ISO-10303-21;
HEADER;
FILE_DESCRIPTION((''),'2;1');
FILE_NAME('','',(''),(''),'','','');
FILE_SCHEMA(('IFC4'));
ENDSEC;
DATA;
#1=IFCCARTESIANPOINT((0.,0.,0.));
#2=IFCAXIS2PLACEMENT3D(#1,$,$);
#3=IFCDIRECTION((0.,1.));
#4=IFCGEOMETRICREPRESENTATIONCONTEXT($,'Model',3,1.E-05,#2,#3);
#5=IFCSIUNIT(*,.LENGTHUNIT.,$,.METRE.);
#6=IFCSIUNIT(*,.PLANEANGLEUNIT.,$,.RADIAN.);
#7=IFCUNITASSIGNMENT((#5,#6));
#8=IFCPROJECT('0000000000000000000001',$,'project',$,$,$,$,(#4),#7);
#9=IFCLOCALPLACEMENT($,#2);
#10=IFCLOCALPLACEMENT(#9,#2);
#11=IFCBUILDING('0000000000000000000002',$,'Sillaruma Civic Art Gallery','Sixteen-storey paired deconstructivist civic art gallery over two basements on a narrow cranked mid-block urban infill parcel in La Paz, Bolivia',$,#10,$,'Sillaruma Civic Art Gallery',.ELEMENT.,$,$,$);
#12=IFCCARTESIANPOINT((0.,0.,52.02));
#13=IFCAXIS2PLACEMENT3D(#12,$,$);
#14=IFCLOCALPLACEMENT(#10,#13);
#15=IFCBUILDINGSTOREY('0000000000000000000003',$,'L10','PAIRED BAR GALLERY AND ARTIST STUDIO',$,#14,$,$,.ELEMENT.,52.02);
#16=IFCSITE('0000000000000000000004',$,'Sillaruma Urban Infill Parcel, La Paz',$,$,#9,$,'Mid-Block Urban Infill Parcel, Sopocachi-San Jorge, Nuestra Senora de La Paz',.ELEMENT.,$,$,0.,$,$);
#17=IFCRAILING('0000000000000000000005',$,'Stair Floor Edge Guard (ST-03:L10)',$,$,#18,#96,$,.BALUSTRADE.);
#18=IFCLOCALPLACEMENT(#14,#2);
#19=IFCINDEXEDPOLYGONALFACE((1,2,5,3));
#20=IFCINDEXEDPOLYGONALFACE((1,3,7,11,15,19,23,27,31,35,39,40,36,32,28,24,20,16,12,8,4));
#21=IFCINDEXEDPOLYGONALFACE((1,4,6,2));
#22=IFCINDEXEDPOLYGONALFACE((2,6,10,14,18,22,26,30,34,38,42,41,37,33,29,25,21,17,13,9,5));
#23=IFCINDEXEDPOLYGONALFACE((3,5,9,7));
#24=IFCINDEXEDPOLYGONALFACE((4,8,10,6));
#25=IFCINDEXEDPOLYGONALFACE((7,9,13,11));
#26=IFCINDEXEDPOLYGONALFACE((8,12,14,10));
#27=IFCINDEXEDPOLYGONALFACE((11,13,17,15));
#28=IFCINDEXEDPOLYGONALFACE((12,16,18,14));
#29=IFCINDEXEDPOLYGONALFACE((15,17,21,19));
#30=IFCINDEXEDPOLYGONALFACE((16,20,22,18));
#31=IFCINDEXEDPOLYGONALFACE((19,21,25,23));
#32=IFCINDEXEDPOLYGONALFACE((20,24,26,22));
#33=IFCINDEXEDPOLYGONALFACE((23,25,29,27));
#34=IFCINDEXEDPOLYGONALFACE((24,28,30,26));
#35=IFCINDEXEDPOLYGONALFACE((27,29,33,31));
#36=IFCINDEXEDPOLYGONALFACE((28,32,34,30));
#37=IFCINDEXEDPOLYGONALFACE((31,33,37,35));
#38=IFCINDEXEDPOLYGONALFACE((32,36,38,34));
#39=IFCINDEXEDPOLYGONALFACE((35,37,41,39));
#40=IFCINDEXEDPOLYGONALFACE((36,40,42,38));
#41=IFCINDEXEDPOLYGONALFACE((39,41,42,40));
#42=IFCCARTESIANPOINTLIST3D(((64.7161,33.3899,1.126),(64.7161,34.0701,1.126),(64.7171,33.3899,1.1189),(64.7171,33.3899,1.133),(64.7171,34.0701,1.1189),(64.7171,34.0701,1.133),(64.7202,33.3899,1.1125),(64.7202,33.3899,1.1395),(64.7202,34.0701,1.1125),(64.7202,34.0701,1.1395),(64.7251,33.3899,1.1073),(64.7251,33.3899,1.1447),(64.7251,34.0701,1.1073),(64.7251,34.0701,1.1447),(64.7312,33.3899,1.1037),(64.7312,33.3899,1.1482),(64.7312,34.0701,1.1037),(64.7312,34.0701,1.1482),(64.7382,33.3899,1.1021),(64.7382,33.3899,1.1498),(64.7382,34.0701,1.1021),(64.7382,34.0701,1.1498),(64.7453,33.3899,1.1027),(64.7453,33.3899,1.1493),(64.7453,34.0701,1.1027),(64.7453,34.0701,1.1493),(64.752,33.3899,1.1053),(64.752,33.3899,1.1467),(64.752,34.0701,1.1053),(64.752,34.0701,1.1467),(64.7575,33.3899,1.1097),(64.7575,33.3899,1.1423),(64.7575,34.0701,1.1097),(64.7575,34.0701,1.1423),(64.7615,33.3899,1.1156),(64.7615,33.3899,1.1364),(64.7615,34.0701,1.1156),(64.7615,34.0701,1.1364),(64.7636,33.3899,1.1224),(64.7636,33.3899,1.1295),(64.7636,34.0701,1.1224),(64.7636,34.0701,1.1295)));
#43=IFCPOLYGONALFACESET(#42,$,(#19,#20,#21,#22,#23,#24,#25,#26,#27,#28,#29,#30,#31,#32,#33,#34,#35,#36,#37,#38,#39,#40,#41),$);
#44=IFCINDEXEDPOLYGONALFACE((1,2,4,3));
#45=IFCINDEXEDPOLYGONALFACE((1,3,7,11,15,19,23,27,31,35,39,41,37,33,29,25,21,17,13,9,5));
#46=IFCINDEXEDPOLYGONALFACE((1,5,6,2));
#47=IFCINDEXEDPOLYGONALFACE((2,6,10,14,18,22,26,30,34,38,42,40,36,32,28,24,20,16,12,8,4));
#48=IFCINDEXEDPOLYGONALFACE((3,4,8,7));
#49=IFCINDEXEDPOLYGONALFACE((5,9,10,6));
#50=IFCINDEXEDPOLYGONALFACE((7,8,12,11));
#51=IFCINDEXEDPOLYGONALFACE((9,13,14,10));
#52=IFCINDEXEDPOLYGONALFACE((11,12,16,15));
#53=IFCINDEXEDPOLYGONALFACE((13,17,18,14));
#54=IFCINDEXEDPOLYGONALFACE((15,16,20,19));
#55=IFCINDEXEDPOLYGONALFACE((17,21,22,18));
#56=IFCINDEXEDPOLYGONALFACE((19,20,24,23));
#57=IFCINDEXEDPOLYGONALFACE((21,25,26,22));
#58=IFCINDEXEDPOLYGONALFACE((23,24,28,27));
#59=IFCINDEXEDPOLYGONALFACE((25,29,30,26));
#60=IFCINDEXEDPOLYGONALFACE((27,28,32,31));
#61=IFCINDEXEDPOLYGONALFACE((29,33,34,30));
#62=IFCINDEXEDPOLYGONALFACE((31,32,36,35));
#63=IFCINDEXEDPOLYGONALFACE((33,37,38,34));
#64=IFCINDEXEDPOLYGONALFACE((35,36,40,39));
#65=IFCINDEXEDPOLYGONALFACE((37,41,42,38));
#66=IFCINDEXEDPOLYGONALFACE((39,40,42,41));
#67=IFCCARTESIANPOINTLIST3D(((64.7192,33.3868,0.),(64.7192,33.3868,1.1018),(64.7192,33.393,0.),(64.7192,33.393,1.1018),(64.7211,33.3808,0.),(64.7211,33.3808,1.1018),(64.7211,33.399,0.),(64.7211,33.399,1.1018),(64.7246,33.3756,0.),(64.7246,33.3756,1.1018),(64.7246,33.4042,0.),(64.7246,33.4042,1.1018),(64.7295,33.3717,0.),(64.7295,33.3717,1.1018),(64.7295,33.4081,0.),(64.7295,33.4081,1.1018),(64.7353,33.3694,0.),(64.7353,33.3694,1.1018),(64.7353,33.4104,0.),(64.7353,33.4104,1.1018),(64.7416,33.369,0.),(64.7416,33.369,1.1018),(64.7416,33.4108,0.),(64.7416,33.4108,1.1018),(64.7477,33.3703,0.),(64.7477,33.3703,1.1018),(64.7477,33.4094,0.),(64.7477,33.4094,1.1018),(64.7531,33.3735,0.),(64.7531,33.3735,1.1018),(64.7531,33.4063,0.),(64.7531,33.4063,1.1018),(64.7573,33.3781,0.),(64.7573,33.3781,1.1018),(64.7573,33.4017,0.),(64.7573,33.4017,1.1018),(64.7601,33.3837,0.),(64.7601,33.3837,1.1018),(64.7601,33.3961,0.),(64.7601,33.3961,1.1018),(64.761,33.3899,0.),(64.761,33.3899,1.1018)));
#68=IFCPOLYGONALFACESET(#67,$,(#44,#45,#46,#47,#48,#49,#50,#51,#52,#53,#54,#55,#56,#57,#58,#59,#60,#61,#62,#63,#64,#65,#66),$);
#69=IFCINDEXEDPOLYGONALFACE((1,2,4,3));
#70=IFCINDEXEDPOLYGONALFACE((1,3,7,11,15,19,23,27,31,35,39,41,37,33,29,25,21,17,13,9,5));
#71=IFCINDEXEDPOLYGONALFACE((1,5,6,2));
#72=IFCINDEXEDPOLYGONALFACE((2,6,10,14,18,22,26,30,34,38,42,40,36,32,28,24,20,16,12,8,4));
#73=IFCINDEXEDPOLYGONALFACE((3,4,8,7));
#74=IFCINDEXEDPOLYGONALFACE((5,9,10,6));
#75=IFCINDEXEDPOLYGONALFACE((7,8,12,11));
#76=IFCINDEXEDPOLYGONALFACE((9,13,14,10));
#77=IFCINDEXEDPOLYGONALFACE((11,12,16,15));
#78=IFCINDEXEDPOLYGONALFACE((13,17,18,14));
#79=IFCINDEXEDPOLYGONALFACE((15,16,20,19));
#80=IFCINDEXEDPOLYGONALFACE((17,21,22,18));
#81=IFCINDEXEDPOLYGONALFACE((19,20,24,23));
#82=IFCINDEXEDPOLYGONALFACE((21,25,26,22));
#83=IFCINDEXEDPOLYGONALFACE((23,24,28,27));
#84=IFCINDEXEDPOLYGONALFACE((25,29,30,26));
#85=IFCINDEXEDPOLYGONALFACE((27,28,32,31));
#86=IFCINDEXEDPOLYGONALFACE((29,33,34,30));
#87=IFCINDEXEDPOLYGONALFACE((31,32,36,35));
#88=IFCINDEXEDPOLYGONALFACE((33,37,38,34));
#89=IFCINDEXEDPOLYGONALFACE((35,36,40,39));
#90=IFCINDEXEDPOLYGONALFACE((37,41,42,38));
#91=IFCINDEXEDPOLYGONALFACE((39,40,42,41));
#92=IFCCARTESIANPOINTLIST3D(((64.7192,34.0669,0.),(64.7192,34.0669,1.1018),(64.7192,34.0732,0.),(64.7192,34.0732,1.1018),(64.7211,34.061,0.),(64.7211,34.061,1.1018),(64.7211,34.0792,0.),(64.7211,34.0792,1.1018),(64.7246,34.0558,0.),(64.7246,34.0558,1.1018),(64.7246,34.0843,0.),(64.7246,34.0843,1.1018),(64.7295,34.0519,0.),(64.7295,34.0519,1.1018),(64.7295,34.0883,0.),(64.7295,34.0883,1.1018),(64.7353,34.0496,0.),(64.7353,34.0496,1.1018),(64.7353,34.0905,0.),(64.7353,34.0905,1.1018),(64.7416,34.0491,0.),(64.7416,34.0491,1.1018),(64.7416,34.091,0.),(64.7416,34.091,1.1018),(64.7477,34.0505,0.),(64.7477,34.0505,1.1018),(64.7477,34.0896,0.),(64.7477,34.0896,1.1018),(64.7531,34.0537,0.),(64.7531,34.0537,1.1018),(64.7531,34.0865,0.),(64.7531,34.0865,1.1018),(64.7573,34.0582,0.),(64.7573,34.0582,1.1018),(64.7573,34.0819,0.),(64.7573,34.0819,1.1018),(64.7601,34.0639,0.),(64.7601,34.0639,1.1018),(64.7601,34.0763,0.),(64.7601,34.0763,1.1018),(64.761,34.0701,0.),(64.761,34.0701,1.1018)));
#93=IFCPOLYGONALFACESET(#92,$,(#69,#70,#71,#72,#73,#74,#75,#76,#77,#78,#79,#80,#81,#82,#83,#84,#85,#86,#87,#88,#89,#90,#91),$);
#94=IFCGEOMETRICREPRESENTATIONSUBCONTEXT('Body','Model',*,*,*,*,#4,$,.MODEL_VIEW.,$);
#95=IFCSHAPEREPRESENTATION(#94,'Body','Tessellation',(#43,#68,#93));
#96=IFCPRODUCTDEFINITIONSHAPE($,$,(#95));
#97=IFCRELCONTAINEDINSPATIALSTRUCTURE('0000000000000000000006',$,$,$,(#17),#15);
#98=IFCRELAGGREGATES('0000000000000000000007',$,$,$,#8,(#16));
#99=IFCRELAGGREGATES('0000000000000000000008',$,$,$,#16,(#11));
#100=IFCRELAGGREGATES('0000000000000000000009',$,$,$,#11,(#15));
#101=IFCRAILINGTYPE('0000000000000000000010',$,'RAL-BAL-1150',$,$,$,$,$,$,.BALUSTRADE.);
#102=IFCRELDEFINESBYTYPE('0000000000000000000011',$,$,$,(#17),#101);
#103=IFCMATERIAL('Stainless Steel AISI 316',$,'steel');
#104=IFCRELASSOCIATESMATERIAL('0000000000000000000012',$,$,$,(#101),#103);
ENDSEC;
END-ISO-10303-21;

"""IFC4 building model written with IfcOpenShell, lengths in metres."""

from ifc_helpers import new_model, si_unit, direction, frame, origin, origin_2d, place, context, subcontext, project, spatial, circle, extrude, material, type_object, element, save


model = new_model("IFC4")

# Units and contexts
model_context = context("Model", 3, precision=1e-05, world=origin(), true_north=direction((0.0, 1.0)))
body_context = subcontext(model_context, "Body", "Model", "MODEL_VIEW")
ifc_project = project(units=[si_unit("LENGTHUNIT", "METRE"), si_unit("PLANEANGLEUNIT", "RADIAN")], contexts=[model_context])

# Site, building, storey
site_placement = place(None, origin())
site = spatial("IfcSite", under=ifc_project, at=site_placement, Name="Sillaruma Urban Infill Parcel, La Paz", LongName="Mid-Block Urban Infill Parcel, Sopocachi-San Jorge, Nuestra Senora de La Paz", CompositionType="ELEMENT", RefElevation=0.0)
building_placement = place(site_placement, origin())
building = spatial("IfcBuilding", under=site, at=building_placement, Name="Sillaruma Civic Art Gallery", Description="Sixteen-storey paired deconstructivist civic art gallery over two basements on a narrow cranked mid-block urban infill parcel in La Paz, Bolivia", LongName="Sillaruma Civic Art Gallery", CompositionType="ELEMENT")
storey_placement = place(building_placement, frame((0.0, 0.0, 52.02)))
storey = spatial("IfcBuildingStorey", under=building, at=storey_placement, Name="L10", Description="PAIRED BAR GALLERY AND ARTIST STUDIO", CompositionType="ELEMENT", Elevation=52.02)

# Railing
ifc_material_1 = material(Name="Stainless Steel AISI 316", Category="steel")
railing_type_1 = type_object("IfcRailingType", Name="RAL-BAL-1150", PredefinedType="BALUSTRADE", material=ifc_material_1)
railing_1_placement = place(storey_placement, frame((64.74, 33.3899, 0.0)))
element("IfcRailing", 1, at=railing_1_placement, inside=storey, type_object=railing_type_1, Name="Stair Floor Edge Guard (ST-03:L10)", PredefinedType="BALUSTRADE", context=body_context, shape_type="SweptSolid", body=[
    extrude(circle(Radius=0.0239, at=origin_2d()), frame((0.0, 0.0, 1.126), z_axis=(0.0, 1.0, 0.0), x_axis=(-1.0, 0.0, 0.0)), (0.0, 0.0, 1.0), 0.6802),
    extrude(circle(Radius=0.021, at=origin_2d()), origin(), (0.0, 0.0, 1.0), 1.1018),
    extrude(circle(Radius=0.021, at=origin_2d()), frame((0.0, 0.6802, 0.0)), (0.0, 0.0, 1.0), 1.1018),
])

save(model, "model.ifc")
